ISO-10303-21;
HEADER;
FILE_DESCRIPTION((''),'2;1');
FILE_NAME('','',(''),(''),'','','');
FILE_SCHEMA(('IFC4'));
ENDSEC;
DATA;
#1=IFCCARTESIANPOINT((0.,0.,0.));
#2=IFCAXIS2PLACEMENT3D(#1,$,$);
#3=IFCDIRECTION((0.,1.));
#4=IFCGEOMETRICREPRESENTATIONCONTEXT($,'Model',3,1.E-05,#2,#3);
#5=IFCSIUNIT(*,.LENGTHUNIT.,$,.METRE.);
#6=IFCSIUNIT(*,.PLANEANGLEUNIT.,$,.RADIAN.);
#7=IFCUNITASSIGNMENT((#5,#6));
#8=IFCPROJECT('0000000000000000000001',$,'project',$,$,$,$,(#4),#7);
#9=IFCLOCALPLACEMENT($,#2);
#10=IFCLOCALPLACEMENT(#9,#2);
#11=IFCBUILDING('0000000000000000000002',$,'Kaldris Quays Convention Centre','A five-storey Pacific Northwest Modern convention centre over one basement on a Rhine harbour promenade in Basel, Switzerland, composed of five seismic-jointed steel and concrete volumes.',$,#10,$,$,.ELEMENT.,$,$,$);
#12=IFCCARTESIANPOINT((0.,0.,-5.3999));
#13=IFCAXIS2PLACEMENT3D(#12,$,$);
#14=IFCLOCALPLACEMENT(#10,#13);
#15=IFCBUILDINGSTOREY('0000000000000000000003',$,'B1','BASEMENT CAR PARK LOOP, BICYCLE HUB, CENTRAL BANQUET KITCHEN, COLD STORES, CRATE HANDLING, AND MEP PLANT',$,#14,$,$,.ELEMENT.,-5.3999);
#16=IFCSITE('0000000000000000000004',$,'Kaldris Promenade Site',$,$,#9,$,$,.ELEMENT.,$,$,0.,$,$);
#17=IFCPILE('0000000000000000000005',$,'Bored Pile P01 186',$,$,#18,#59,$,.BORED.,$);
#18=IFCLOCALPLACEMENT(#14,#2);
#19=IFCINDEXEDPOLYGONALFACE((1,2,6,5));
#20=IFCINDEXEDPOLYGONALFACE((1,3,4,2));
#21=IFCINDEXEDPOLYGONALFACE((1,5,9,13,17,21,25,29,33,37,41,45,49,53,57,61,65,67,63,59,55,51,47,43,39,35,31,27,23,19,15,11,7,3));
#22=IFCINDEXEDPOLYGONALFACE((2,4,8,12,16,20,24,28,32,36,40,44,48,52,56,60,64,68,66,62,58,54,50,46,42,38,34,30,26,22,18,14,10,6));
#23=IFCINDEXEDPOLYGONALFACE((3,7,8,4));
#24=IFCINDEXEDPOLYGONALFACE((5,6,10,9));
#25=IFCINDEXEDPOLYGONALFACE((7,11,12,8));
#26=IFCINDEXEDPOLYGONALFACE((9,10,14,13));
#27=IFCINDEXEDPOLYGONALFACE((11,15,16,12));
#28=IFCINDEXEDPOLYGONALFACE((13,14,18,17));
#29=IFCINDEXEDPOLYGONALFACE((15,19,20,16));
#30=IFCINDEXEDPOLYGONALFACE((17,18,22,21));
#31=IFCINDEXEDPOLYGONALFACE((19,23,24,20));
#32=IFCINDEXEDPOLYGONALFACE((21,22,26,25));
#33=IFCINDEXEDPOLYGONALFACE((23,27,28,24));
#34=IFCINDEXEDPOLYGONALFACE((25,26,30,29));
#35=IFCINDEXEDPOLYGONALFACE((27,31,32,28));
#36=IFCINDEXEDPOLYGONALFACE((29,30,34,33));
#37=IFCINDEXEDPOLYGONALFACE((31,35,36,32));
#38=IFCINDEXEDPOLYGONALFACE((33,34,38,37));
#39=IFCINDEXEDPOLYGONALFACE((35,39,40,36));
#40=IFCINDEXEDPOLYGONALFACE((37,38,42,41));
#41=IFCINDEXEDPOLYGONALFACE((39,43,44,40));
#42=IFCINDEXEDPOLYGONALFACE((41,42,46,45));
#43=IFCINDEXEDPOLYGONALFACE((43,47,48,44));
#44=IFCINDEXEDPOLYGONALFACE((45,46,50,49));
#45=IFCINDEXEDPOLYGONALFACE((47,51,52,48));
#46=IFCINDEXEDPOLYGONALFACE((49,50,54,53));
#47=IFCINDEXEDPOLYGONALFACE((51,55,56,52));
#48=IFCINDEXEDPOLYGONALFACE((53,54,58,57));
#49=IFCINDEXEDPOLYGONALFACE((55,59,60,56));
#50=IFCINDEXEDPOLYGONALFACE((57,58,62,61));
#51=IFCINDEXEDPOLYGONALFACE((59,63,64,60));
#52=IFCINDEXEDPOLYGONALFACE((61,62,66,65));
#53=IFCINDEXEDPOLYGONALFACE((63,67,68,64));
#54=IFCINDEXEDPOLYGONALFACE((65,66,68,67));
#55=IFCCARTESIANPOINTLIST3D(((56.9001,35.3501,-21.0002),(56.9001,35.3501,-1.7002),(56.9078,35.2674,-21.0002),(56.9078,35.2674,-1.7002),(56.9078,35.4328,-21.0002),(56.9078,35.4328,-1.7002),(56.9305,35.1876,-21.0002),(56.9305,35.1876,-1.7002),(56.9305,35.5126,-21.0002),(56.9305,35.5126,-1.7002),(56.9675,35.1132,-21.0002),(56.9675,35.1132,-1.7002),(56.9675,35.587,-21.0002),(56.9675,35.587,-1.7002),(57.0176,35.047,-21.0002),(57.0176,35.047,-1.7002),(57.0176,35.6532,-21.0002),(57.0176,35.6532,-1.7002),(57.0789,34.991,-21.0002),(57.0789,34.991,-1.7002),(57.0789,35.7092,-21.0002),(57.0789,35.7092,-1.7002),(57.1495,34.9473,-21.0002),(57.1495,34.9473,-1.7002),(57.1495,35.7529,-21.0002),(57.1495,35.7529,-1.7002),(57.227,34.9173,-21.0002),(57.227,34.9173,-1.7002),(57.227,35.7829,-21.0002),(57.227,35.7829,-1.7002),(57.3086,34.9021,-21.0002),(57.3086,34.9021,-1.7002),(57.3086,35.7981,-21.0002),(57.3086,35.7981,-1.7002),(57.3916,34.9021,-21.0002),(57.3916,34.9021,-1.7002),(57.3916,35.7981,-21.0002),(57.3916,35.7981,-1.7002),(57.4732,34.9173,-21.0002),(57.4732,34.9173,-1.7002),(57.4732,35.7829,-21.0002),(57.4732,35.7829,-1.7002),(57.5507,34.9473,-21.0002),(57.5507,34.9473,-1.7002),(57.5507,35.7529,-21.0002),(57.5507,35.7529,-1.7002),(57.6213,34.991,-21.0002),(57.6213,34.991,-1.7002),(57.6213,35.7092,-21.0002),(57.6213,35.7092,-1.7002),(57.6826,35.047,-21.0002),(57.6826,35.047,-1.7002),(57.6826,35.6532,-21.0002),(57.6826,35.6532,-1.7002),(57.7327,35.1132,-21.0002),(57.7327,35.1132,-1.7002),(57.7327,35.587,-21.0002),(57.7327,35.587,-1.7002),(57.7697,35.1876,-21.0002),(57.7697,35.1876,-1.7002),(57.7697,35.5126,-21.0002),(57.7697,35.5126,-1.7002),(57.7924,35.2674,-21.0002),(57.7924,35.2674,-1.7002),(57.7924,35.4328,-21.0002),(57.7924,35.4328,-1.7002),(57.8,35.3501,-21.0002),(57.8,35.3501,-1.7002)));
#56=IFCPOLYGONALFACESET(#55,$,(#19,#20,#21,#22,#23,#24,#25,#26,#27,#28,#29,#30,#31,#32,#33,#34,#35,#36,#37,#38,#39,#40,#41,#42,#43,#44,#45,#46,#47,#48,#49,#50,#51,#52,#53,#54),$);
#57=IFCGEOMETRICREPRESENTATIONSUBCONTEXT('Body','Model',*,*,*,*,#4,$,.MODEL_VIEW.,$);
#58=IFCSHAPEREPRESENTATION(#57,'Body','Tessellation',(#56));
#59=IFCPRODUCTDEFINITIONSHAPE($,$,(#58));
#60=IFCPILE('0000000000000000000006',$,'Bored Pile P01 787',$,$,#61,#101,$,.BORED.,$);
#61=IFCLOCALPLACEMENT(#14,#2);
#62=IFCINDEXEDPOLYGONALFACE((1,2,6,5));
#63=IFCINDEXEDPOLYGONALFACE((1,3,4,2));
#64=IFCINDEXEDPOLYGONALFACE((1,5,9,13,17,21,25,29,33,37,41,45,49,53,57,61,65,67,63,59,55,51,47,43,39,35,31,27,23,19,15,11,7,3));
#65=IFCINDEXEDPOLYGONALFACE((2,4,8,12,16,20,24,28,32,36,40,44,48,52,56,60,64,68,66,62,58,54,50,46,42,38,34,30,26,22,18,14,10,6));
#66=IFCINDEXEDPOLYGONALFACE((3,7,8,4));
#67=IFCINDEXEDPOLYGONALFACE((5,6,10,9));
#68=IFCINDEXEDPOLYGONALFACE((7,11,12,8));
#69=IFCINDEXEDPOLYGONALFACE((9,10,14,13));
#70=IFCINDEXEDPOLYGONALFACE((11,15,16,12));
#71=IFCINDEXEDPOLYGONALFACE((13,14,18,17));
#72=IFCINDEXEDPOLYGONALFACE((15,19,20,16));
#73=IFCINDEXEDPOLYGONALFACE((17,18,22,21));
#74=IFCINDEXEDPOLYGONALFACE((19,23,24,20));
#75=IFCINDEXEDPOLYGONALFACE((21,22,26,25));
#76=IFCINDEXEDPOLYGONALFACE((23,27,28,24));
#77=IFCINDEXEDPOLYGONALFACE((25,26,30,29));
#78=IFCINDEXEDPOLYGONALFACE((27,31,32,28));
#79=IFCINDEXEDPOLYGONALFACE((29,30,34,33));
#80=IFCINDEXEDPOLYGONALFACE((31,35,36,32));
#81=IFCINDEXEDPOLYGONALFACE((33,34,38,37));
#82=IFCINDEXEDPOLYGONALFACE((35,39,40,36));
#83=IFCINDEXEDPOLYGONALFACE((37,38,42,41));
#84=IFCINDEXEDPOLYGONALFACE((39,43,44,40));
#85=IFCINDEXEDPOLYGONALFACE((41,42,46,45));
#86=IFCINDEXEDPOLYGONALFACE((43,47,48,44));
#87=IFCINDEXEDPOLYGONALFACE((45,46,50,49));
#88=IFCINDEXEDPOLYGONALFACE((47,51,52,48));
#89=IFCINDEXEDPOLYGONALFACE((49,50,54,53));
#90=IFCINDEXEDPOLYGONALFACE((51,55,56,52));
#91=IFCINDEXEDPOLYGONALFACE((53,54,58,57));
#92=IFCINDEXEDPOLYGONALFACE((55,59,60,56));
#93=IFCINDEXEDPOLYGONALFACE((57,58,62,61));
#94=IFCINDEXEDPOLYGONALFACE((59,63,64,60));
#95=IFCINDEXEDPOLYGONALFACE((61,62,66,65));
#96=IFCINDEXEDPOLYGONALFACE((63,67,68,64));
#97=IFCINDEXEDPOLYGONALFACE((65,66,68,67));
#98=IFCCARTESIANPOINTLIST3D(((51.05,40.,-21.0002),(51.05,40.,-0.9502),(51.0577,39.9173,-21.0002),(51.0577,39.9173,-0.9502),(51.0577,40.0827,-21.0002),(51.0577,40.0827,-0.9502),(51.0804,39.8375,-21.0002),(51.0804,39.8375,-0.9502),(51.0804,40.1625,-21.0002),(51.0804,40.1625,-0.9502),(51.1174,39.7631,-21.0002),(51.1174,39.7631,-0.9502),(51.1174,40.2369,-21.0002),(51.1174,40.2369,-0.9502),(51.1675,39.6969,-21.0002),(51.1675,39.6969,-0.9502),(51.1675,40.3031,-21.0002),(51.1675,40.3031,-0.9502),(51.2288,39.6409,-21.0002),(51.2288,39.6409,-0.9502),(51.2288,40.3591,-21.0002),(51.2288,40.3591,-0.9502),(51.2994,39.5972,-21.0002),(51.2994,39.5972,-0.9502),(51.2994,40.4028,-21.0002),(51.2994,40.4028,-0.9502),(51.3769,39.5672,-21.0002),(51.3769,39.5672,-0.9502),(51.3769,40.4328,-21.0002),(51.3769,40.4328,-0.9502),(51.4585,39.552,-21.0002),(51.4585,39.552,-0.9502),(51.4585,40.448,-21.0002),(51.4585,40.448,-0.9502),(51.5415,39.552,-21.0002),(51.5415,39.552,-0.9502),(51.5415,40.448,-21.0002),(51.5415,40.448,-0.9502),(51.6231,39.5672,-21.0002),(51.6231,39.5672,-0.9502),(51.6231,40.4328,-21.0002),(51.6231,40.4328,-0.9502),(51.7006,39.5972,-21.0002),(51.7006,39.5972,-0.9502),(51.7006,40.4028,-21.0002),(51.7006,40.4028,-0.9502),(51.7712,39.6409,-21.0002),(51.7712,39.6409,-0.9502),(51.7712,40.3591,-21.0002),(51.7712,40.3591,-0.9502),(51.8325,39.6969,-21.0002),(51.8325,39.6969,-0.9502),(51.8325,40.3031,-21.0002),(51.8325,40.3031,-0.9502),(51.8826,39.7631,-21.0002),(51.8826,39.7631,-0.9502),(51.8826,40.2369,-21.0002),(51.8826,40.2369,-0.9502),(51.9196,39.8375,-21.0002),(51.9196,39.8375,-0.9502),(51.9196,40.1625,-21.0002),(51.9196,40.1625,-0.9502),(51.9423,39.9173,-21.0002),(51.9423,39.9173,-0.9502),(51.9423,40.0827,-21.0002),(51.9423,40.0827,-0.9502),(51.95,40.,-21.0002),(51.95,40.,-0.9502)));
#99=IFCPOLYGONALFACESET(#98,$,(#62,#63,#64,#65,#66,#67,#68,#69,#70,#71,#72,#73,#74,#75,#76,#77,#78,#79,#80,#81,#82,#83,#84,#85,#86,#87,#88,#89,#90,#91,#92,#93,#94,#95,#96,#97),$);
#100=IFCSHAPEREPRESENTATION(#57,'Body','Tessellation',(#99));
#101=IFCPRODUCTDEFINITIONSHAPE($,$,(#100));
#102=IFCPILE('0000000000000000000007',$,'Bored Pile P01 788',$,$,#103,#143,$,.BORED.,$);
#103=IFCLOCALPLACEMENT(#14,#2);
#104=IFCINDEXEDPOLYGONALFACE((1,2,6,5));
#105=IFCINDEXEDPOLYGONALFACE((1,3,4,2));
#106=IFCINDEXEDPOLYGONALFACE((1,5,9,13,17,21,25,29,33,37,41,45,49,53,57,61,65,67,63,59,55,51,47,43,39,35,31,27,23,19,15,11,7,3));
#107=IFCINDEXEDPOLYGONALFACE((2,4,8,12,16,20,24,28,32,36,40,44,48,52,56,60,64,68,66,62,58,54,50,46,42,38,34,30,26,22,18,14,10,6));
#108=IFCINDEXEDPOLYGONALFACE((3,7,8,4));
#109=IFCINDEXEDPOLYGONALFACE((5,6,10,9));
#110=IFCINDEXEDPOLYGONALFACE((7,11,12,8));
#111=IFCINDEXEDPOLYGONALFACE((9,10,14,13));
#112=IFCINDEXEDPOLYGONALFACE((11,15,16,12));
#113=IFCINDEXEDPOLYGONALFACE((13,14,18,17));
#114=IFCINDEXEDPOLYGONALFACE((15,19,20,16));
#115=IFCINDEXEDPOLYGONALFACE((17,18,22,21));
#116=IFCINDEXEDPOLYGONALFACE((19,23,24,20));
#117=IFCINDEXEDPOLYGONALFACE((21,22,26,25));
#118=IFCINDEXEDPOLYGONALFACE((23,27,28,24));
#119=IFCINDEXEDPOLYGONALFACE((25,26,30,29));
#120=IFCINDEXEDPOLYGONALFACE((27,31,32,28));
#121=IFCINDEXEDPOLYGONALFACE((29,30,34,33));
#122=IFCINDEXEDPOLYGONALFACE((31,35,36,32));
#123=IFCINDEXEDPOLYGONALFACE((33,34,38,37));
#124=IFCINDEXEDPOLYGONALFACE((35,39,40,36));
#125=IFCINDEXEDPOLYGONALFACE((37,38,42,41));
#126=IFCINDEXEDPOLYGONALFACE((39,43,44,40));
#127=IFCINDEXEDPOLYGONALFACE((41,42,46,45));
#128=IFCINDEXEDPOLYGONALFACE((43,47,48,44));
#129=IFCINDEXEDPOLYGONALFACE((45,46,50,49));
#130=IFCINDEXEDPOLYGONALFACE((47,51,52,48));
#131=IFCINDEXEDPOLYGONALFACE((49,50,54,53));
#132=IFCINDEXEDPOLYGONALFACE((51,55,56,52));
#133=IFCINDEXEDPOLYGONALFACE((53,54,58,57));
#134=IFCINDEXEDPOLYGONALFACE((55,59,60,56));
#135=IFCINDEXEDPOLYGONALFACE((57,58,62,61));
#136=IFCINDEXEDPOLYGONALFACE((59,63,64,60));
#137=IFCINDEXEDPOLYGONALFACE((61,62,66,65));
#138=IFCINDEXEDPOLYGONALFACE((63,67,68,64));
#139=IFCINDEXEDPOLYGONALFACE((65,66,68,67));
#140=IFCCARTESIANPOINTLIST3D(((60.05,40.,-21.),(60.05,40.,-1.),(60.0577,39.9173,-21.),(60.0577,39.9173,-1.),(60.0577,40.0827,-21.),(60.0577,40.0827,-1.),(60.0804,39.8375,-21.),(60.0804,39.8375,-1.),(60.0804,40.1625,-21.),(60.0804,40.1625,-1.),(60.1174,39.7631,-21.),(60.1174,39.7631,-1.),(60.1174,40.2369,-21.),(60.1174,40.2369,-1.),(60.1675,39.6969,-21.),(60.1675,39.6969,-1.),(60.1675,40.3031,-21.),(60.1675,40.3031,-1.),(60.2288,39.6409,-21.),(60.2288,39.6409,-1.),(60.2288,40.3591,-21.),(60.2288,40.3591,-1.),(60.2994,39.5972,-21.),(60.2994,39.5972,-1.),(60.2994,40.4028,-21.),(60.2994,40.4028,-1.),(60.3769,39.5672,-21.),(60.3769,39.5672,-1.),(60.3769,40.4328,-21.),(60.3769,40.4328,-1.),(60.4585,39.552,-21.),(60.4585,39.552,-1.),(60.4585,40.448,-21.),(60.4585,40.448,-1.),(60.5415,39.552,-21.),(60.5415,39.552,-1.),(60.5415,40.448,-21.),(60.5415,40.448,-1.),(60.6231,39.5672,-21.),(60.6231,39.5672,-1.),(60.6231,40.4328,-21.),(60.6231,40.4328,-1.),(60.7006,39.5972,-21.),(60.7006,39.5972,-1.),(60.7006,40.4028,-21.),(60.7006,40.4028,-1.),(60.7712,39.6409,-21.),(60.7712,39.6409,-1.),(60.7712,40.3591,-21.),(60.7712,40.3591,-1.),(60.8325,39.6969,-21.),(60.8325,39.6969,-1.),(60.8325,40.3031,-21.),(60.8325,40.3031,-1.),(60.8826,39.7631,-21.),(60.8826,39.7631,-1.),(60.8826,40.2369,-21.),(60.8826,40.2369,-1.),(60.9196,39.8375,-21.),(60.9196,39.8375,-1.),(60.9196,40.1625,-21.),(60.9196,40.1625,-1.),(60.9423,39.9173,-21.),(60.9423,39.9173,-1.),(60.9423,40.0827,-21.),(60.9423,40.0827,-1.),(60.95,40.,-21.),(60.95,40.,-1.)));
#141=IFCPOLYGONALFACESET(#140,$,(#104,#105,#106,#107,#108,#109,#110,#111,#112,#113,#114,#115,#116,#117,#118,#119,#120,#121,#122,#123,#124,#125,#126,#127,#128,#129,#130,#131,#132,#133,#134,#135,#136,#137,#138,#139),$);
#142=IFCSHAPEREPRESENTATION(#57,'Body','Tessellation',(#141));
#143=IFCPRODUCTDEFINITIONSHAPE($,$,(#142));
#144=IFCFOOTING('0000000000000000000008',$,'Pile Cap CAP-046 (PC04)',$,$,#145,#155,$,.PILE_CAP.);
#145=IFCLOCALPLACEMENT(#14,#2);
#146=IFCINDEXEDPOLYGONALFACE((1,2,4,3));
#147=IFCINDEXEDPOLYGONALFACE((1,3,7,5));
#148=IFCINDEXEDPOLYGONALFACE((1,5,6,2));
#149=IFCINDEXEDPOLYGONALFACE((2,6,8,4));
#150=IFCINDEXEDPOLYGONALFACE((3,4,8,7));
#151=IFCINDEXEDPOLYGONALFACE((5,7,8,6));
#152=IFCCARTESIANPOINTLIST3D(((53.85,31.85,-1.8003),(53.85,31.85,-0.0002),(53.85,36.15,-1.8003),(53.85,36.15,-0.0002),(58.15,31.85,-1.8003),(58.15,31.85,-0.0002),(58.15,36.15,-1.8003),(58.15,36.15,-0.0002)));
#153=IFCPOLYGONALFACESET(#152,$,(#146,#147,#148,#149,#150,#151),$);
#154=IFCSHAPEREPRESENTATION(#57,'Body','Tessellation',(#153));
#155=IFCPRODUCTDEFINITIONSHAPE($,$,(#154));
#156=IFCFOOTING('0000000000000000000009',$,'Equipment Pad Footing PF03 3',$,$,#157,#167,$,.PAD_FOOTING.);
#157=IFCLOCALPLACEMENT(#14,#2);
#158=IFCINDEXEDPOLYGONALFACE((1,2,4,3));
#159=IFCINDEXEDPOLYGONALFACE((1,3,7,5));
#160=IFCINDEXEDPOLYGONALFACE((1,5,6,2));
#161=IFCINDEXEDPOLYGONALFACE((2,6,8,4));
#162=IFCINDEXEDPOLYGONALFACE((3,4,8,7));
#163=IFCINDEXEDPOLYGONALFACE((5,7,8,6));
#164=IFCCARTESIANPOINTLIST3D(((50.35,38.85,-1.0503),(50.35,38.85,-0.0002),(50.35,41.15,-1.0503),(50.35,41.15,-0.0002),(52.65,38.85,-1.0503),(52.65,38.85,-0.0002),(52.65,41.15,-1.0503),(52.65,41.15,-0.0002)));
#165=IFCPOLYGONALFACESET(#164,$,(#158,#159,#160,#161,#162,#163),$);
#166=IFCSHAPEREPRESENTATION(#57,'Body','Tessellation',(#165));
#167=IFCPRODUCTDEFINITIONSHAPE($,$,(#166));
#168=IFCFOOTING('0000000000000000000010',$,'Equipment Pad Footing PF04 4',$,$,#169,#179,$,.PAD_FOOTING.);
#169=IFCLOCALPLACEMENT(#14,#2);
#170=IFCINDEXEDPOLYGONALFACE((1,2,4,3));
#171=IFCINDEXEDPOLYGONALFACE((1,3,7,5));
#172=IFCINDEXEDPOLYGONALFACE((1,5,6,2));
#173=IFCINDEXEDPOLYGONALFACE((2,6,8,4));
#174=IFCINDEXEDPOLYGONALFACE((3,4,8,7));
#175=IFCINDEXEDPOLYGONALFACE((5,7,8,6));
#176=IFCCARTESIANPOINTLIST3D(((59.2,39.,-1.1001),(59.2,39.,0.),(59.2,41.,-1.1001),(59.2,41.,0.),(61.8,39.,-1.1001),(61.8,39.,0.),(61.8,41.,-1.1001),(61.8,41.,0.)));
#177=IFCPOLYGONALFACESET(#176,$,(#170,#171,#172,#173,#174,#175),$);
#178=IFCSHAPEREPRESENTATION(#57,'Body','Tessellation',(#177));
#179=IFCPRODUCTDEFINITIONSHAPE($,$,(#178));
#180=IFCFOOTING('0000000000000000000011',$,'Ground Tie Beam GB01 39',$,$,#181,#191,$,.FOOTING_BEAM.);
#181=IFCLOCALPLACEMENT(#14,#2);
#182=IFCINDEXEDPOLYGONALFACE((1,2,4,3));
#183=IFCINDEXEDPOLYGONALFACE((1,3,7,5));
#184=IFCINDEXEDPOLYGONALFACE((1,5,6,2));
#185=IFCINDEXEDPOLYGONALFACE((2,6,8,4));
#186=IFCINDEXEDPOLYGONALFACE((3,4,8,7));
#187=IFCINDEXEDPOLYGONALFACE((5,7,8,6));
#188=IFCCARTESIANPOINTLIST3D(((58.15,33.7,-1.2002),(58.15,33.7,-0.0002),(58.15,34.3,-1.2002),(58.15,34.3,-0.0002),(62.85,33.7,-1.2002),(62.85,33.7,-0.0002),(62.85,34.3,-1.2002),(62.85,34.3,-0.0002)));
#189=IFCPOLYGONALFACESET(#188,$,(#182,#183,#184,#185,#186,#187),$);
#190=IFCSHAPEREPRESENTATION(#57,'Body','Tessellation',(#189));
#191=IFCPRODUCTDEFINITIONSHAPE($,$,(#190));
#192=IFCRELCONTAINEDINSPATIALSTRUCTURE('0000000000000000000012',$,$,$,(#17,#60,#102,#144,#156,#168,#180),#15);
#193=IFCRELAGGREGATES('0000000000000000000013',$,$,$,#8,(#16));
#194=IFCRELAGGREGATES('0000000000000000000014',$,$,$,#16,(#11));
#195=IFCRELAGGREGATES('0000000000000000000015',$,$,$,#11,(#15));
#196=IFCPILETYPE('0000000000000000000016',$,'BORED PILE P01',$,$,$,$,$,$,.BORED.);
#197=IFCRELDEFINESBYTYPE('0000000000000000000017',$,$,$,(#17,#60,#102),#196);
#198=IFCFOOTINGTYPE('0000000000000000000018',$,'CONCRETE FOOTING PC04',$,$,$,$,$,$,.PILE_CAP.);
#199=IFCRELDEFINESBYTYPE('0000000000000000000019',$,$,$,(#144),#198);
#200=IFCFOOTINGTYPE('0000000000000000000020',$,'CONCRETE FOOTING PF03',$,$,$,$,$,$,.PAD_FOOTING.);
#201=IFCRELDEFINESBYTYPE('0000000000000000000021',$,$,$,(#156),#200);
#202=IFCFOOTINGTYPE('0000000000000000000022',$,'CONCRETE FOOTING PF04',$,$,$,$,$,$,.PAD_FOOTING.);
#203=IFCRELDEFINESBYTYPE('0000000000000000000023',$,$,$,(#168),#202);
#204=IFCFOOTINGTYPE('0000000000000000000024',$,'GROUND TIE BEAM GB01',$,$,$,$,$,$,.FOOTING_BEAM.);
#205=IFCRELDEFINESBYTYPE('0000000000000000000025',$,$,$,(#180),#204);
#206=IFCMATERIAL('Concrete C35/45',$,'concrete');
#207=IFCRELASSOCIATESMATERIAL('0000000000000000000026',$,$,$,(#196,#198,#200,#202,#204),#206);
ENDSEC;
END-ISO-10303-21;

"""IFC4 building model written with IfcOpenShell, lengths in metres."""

from ifc_helpers import new_model, si_unit, direction, frame, origin, origin_2d, place, context, subcontext, project, spatial, rectangle, circle, extrude, material, material_profile, profile_set, type_object, element, save


model = new_model("IFC4")

# Units and contexts
model_context = context("Model", 3, precision=1e-05, world=origin(), true_north=direction((0.0, 1.0)))
body_context = subcontext(model_context, "Body", "Model", "MODEL_VIEW")
ifc_project = project(units=[si_unit("LENGTHUNIT", "METRE"), si_unit("PLANEANGLEUNIT", "RADIAN")], contexts=[model_context])

# Site, building, storey
site_placement = place(None, origin())
site = spatial("IfcSite", under=ifc_project, at=site_placement, Name="Kaldris Promenade Site", CompositionType="ELEMENT", RefElevation=0.0)
building_placement = place(site_placement, origin())
building = spatial("IfcBuilding", under=site, at=building_placement, Name="Kaldris Quays Convention Centre", Description="A five-storey Pacific Northwest Modern convention centre over one basement on a Rhine harbour promenade in Basel, Switzerland, composed of five seismic-jointed steel and concrete volumes.", CompositionType="ELEMENT")
storey_placement = place(building_placement, frame((0.0, 0.0, -5.3999)))
storey = spatial("IfcBuildingStorey", under=building, at=storey_placement, Name="B1", Description="BASEMENT CAR PARK LOOP, BICYCLE HUB, CENTRAL BANQUET KITCHEN, COLD STORES, CRATE HANDLING, AND MEP PLANT", CompositionType="ELEMENT", Elevation=-5.3999)

# Piles
ifc_material_1 = material(Name="Concrete C35/45", Category="concrete")
ifc_material_profile_1 = material_profile(ifc_material_1, circle(Radius=0.45, at=origin_2d()), Name="BORED PILE D900")
ifc_profile_set_1 = profile_set([ifc_material_profile_1], Name="Concrete C35/45")
pile_type = type_object("IfcPileType", Name="BORED PILE P01", PredefinedType="BORED", material=ifc_profile_set_1)
for number, where, z_axis, x_axis, name in (
    (1, (57.3501, 35.3501, -1.7002), (0.0, 0.0, -1.0), (1.0, 0.0, 0.0), "Bored Pile P01 186"),
):
    element("IfcPile", number, at=place(storey_placement, frame(where, z_axis=z_axis, x_axis=x_axis)), inside=storey, type_object=pile_type, Name=name, PredefinedType="BORED", context=body_context, shape_type="SweptSolid", body=[
        extrude(circle(Radius=0.45, at=origin_2d()), origin(), (0.0, 0.0, 1.0), 19.3),
    ])
pile_1_placement = place(storey_placement, frame((51.5, 40.0, -0.9502), z_axis=(0.0, 0.0, -1.0), x_axis=(1.0, 0.0, 0.0)))
element("IfcPile", 2, at=pile_1_placement, inside=storey, type_object=pile_type, Name="Bored Pile P01 787", PredefinedType="BORED", context=body_context, shape_type="SweptSolid", body=[
    extrude(circle(Radius=0.45, at=origin_2d()), origin(), (0.0, 0.0, 1.0), 20.05),
])
pile_2_placement = place(storey_placement, frame((60.5, 40.0, -1.0), z_axis=(0.0, 0.0, -1.0), x_axis=(1.0, 0.0, 0.0)))
element("IfcPile", 3, at=pile_2_placement, inside=storey, type_object=pile_type, Name="Bored Pile P01 788", PredefinedType="BORED", context=body_context, shape_type="SweptSolid", body=[
    extrude(circle(Radius=0.45, at=origin_2d()), origin(), (0.0, 0.0, 1.0), 20.0),
])

# Footings
footing_type_1 = type_object("IfcFootingType", Name="CONCRETE FOOTING PC04", PredefinedType="PILE_CAP", material=ifc_material_1)
footing_1_placement = place(storey_placement, frame((56.0, 34.0, -1.8003), z_axis=(0.0, 0.0, 1.0), x_axis=(1.0, 0.0, 0.0)))
element("IfcFooting", 4, at=footing_1_placement, inside=storey, type_object=footing_type_1, Name="Pile Cap CAP-046 (PC04)", PredefinedType="PILE_CAP", context=body_context, shape_type="SweptSolid", body=[
    extrude(rectangle(XDim=4.3, YDim=4.3, at=origin_2d()), origin(), (0.0, 0.0, 1.0), 1.8),
])
footing_type_2 = type_object("IfcFootingType", Name="CONCRETE FOOTING PF03", PredefinedType="PAD_FOOTING", material=ifc_material_1)
footing_2_placement = place(storey_placement, frame((51.5, 40.0, -1.0503), z_axis=(0.0, 0.0, 1.0), x_axis=(1.0, 0.0, 0.0)))
element("IfcFooting", 5, at=footing_2_placement, inside=storey, type_object=footing_type_2, Name="Equipment Pad Footing PF03 3", PredefinedType="PAD_FOOTING", context=body_context, shape_type="SweptSolid", body=[
    extrude(rectangle(XDim=2.3, YDim=2.3, at=origin_2d()), origin(), (0.0, 0.0, 1.0), 1.05),
])
footing_type_3 = type_object("IfcFootingType", Name="CONCRETE FOOTING PF04", PredefinedType="PAD_FOOTING", material=ifc_material_1)
footing_3_placement = place(storey_placement, frame((60.5, 40.0, -1.1001), z_axis=(0.0, 0.0, 1.0), x_axis=(1.0, 0.0, 0.0)))
element("IfcFooting", 6, at=footing_3_placement, inside=storey, type_object=footing_type_3, Name="Equipment Pad Footing PF04 4", PredefinedType="PAD_FOOTING", context=body_context, shape_type="SweptSolid", body=[
    extrude(rectangle(XDim=2.6001, YDim=2.0, at=origin_2d()), origin(), (0.0, 0.0, 1.0), 1.1001),
])
footing_type_4 = type_object("IfcFootingType", Name="GROUND TIE BEAM GB01", PredefinedType="FOOTING_BEAM", material=ifc_material_1)
footing_4_placement = place(storey_placement, frame((60.5, 34.0, -1.2002), z_axis=(0.0, 0.0, 1.0), x_axis=(1.0, 0.0, 0.0)))
element("IfcFooting", 7, at=footing_4_placement, inside=storey, type_object=footing_type_4, Name="Ground Tie Beam GB01 39", PredefinedType="FOOTING_BEAM", context=body_context, shape_type="SweptSolid", body=[
    extrude(rectangle(XDim=4.7, YDim=0.6001, at=origin_2d()), origin(), (0.0, 0.0, 1.0), 1.2),
])

save(model, "model.ifc")
